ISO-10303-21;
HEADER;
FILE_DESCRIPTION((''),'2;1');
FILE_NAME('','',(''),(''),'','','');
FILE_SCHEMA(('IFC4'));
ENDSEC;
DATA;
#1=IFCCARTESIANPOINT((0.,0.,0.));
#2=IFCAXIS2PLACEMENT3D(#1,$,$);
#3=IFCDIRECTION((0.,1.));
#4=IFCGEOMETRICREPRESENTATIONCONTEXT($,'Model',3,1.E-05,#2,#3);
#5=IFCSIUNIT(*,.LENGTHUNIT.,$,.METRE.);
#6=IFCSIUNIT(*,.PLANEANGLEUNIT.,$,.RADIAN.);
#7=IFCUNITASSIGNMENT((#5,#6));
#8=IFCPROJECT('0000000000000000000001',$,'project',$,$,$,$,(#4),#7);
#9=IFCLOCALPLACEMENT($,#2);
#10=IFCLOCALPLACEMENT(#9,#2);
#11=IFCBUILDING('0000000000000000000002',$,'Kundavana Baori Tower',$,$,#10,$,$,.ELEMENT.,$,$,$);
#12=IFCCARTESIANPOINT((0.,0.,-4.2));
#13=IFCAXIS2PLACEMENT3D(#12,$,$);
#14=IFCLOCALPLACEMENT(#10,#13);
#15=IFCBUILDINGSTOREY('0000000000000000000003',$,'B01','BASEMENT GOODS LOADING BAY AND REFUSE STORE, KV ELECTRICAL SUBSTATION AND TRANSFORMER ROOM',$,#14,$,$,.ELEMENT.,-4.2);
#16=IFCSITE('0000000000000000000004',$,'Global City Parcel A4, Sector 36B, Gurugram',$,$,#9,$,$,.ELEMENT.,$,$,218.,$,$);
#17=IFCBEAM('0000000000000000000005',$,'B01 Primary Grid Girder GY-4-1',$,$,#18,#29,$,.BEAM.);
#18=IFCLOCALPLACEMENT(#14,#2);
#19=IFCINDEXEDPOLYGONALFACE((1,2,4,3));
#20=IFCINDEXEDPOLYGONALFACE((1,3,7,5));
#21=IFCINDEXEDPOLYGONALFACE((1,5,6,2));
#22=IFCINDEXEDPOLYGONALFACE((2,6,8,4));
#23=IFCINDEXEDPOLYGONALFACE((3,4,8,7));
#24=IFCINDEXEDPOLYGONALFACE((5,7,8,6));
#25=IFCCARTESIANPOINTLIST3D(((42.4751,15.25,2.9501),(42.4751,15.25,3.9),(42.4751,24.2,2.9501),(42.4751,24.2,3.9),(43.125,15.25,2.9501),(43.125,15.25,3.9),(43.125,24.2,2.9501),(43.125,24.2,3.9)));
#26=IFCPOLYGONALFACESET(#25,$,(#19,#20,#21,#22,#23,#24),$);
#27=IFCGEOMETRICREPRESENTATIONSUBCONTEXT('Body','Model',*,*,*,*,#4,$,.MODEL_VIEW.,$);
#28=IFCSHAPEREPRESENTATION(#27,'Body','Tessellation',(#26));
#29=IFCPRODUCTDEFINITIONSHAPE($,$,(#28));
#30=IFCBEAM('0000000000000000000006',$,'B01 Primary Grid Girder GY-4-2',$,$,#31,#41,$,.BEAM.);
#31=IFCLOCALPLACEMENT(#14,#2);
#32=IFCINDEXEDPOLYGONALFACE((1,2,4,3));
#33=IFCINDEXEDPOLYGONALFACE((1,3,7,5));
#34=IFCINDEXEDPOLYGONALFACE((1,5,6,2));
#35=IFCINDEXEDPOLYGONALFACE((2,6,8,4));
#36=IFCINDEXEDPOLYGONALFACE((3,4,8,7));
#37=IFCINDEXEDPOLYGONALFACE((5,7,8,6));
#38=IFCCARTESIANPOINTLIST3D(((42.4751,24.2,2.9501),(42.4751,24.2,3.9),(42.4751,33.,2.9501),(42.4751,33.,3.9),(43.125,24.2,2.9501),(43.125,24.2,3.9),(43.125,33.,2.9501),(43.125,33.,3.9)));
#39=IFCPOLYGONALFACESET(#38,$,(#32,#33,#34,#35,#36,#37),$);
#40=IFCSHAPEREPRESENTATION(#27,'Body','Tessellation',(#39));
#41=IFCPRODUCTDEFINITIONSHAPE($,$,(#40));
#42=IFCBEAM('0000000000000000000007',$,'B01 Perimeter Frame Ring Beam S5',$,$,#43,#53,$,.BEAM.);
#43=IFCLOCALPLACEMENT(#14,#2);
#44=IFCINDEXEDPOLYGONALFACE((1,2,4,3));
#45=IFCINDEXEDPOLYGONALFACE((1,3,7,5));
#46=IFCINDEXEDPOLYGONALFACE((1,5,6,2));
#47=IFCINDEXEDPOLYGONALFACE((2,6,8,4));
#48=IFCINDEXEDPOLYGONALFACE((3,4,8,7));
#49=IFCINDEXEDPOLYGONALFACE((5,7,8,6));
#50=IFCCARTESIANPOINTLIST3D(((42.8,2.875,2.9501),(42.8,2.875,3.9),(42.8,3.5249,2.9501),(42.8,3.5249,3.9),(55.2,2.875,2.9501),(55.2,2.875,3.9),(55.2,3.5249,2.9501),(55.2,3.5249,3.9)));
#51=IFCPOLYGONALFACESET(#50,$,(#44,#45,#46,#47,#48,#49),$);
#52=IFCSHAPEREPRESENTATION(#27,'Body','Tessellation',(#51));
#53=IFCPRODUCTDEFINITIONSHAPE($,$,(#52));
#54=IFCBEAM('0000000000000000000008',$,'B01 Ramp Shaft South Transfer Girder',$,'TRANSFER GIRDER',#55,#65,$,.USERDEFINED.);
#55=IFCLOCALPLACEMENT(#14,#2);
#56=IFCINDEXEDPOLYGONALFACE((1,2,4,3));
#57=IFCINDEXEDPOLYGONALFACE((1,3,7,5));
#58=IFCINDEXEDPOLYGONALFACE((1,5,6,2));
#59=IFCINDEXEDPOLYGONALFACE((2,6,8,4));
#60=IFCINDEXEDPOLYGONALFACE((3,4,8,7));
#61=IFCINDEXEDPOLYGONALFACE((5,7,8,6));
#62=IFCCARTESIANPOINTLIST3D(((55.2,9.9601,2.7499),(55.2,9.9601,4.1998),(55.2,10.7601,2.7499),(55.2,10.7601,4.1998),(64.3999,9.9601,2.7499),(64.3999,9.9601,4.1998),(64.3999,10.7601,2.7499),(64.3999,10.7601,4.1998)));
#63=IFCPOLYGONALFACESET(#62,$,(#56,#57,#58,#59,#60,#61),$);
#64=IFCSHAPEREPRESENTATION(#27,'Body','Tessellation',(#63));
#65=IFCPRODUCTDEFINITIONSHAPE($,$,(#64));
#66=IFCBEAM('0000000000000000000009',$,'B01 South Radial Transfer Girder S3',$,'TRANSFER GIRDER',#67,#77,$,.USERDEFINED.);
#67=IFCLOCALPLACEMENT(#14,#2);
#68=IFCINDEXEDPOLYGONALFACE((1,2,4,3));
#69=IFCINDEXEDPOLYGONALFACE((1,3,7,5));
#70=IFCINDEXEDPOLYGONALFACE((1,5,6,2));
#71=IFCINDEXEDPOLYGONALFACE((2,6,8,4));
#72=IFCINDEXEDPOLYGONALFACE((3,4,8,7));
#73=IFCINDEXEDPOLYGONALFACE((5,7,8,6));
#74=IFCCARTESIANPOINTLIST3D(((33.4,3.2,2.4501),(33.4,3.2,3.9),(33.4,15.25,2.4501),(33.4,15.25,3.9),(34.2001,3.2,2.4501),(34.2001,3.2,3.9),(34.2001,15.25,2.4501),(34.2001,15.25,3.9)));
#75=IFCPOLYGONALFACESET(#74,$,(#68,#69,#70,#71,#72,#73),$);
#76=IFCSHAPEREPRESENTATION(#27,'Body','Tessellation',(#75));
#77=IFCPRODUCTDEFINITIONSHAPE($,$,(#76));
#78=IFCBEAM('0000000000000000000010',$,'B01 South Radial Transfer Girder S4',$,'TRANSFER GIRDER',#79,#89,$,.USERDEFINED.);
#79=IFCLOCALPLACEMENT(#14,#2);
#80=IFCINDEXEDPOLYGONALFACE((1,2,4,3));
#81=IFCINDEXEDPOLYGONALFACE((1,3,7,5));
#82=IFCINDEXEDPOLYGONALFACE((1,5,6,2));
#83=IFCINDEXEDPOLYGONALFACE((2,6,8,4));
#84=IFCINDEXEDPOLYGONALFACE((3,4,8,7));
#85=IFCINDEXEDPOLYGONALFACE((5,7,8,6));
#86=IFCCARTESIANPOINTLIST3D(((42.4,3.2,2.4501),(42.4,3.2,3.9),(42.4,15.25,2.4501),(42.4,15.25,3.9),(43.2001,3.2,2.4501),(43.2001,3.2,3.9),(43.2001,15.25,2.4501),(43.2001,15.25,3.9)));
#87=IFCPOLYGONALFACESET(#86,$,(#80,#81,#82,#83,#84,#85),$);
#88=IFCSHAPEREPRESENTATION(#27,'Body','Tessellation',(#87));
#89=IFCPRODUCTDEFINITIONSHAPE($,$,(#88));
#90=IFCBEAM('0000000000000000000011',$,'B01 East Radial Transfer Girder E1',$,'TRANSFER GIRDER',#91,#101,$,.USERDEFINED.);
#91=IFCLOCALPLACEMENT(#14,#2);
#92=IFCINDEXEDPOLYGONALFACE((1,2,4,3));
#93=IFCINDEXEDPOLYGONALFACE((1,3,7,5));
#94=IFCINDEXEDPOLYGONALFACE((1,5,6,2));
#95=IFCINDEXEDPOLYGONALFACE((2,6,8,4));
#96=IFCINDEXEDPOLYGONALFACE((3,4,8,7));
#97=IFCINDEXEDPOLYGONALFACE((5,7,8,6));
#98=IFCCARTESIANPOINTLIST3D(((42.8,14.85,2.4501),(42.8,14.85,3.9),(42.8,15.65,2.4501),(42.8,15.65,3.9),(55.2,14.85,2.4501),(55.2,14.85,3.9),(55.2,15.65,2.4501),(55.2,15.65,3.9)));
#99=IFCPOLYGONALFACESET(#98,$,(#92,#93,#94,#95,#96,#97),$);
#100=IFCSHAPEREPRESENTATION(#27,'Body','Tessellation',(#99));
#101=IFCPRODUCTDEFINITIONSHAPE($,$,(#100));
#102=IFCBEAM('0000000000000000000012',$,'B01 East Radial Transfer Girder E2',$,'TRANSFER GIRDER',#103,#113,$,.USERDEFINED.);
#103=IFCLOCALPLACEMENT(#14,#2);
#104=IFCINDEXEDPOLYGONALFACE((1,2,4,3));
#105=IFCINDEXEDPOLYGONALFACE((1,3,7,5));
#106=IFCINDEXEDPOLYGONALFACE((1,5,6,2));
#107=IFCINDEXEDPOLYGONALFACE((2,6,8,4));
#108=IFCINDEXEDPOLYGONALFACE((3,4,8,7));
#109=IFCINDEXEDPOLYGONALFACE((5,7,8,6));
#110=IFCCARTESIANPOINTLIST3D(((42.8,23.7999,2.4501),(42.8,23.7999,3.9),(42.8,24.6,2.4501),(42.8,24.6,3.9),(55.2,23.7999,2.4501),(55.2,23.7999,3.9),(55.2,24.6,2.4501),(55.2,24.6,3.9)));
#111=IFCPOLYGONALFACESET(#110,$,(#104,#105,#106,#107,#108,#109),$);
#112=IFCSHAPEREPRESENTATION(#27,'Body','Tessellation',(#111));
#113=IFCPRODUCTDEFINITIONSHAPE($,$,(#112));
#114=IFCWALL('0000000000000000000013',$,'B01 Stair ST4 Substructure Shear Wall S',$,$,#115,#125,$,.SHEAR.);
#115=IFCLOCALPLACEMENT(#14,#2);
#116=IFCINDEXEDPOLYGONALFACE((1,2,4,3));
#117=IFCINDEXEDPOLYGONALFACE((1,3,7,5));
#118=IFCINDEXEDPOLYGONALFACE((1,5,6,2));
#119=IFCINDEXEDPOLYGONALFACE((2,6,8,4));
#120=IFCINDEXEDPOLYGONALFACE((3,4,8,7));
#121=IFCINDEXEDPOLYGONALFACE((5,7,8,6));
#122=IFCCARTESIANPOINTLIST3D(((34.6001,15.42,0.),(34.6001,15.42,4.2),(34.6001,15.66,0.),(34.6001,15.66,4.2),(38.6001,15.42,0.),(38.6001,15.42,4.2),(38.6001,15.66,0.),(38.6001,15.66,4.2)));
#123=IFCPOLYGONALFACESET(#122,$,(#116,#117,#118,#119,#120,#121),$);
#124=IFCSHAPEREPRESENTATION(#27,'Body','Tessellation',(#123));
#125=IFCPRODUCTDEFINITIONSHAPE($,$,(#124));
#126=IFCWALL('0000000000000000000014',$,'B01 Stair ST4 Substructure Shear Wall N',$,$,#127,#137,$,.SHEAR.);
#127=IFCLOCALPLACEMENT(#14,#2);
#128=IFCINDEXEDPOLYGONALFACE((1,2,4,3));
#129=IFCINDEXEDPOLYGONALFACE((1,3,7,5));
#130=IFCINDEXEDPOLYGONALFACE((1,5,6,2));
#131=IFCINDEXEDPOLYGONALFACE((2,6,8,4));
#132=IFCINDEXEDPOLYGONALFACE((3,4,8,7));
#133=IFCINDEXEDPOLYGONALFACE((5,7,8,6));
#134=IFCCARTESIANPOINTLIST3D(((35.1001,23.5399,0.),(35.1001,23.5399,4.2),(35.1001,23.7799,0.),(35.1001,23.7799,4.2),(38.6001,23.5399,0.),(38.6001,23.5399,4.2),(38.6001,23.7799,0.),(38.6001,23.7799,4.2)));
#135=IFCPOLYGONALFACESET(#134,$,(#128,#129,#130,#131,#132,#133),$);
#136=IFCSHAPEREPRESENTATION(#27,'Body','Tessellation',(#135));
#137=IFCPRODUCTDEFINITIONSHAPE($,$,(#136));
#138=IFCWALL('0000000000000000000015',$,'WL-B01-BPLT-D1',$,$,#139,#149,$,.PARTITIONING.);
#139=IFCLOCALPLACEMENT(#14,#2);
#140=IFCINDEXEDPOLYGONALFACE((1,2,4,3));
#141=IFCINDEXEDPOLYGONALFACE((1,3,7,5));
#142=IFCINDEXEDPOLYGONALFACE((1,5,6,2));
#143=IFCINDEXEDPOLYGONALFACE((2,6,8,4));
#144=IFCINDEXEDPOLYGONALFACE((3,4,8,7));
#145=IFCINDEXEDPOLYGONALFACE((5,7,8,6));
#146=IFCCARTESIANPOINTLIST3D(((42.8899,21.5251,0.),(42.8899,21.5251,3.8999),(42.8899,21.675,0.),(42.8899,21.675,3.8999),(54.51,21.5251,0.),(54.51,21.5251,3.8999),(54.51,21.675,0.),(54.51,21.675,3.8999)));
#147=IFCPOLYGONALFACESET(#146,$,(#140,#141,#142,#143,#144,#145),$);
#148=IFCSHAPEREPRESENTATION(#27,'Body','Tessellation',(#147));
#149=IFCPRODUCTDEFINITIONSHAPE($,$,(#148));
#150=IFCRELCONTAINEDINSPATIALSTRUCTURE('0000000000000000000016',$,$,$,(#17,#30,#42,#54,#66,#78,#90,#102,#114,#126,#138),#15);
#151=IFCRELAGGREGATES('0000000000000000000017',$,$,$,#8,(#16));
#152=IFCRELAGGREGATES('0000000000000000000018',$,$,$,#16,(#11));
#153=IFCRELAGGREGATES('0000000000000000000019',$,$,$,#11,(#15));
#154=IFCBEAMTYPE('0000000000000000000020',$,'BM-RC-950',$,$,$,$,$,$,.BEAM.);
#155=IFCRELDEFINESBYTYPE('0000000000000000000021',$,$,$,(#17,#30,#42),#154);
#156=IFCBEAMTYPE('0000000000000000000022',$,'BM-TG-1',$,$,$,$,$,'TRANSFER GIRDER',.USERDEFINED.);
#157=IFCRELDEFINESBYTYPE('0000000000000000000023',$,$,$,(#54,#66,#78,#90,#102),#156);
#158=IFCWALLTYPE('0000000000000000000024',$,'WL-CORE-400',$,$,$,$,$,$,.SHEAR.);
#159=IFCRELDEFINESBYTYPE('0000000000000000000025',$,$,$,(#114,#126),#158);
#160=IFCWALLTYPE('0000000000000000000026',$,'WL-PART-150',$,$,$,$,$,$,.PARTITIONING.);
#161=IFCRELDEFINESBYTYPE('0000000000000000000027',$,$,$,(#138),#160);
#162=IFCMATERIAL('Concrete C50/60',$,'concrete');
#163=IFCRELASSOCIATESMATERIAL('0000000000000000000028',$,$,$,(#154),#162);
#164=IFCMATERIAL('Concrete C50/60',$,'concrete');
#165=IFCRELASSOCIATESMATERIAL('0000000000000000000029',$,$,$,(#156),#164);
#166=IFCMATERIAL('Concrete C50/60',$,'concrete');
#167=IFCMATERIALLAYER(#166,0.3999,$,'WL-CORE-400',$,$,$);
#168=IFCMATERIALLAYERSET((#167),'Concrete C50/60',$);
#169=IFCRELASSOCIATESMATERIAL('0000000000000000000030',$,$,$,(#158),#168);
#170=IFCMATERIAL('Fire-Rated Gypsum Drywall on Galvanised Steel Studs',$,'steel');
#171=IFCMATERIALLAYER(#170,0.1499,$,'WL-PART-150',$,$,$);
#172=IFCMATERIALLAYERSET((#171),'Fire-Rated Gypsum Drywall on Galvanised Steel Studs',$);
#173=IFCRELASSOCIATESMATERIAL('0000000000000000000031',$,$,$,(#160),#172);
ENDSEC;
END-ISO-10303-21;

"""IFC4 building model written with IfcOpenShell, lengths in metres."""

from ifc_helpers import new_model, si_unit, direction, frame, frame_2d, origin, origin_2d, place, context, subcontext, project, spatial, rectangle, extrude, material, layer, layer_set, material_profile, profile_set, type_object, element, save


model = new_model("IFC4")

# Units and contexts
model_context = context("Model", 3, precision=1e-05, world=origin(), true_north=direction((0.0, 1.0)))
body_context = subcontext(model_context, "Body", "Model", "MODEL_VIEW")
ifc_project = project(units=[si_unit("LENGTHUNIT", "METRE"), si_unit("PLANEANGLEUNIT", "RADIAN")], contexts=[model_context])

# Site, building, storey
site_placement = place(None, origin())
site = spatial("IfcSite", under=ifc_project, at=site_placement, Name="Global City Parcel A4, Sector 36B, Gurugram", CompositionType="ELEMENT", RefElevation=218.0)
building_placement = place(site_placement, origin())
building = spatial("IfcBuilding", under=site, at=building_placement, Name="Kundavana Baori Tower", CompositionType="ELEMENT")
storey_placement = place(building_placement, frame((0.0, 0.0, -4.2)))
storey = spatial("IfcBuildingStorey", under=building, at=storey_placement, Name="B01", Description="BASEMENT GOODS LOADING BAY AND REFUSE STORE, KV ELECTRICAL SUBSTATION AND TRANSFORMER ROOM", CompositionType="ELEMENT", Elevation=-4.2)

# Beams
ifc_material_1 = material(Name="Concrete C50/60", Category="concrete")
ifc_material_profile_1 = material_profile(ifc_material_1, rectangle(XDim=0.6499, YDim=0.95, at=origin_2d()), Name="RC BM 650x950")
ifc_profile_set_1 = profile_set([ifc_material_profile_1], Name="Concrete C50/60")
beam_type_1 = type_object("IfcBeamType", Name="BM-RC-950", PredefinedType="BEAM", material=ifc_profile_set_1)
beam_1_placement = place(storey_placement, frame((42.8, 15.25, 3.425), z_axis=(0.0, 1.0, 0.0), x_axis=(-1.0, 0.0, 0.0)))
element("IfcBeam", 1, at=beam_1_placement, inside=storey, type_object=beam_type_1, Name="B01 Primary Grid Girder GY-4-1", PredefinedType="BEAM", context=body_context, shape_type="SweptSolid", body=[
    extrude(rectangle(XDim=0.6499, YDim=0.95, at=origin_2d()), origin(), (0.0, 0.0, 1.0), 8.95),
])
beam_2_placement = place(storey_placement, frame((42.8, 24.2, 3.425), z_axis=(0.0, 1.0, 0.0), x_axis=(-1.0, 0.0, 0.0)))
element("IfcBeam", 2, at=beam_2_placement, inside=storey, type_object=beam_type_1, Name="B01 Primary Grid Girder GY-4-2", PredefinedType="BEAM", context=body_context, shape_type="SweptSolid", body=[
    extrude(rectangle(XDim=0.6499, YDim=0.95, at=origin_2d()), origin(), (0.0, 0.0, 1.0), 8.8),
])
beam_3_placement = place(storey_placement, frame((42.8, 3.2, 3.425), z_axis=(1.0, 0.0, 0.0), x_axis=(0.0, 1.0, 0.0)))
element("IfcBeam", 3, at=beam_3_placement, inside=storey, type_object=beam_type_1, Name="B01 Perimeter Frame Ring Beam S5", PredefinedType="BEAM", context=body_context, shape_type="SweptSolid", body=[
    extrude(rectangle(XDim=0.6499, YDim=0.95, at=origin_2d()), origin(), (0.0, 0.0, 1.0), 12.3999),
])
ifc_material_2 = material(Name="Concrete C50/60", Category="concrete")
ifc_material_profile_2 = material_profile(ifc_material_2, rectangle(XDim=0.8, YDim=1.45, at=origin_2d()), Name="BM-TG-1")
ifc_profile_set_2 = profile_set([ifc_material_profile_2], Name="Concrete C50/60")
beam_type_2 = type_object("IfcBeamType", Name="BM-TG-1", ElementType="TRANSFER GIRDER", PredefinedType="USERDEFINED", material=ifc_profile_set_2)
beam_4_placement = place(storey_placement, frame((55.2, 10.3601, 3.4749), z_axis=(1.0, 0.0, 0.0), x_axis=(0.0, 1.0, 0.0)))
element("IfcBeam", 4, at=beam_4_placement, inside=storey, type_object=beam_type_2, Name="B01 Ramp Shaft South Transfer Girder", ObjectType="TRANSFER GIRDER", PredefinedType="USERDEFINED", context=body_context, shape_type="SweptSolid", body=[
    extrude(rectangle(XDim=0.8, YDim=1.45, at=origin_2d()), origin(), (0.0, 0.0, 1.0), 9.2),
])
for number, where, z_axis, x_axis, name in (
    (5, (33.8, 15.25, 3.175), (0.0, -1.0, 0.0), (1.0, 0.0, 0.0), "B01 South Radial Transfer Girder S3"),
    (6, (42.8, 15.25, 3.175), (0.0, -1.0, 0.0), (1.0, 0.0, 0.0), "B01 South Radial Transfer Girder S4"),
):
    element("IfcBeam", number, at=place(storey_placement, frame(where, z_axis=z_axis, x_axis=x_axis)), inside=storey, type_object=beam_type_2, Name=name, ObjectType="TRANSFER GIRDER", PredefinedType="USERDEFINED", context=body_context, shape_type="SweptSolid", body=[
        extrude(rectangle(XDim=0.8, YDim=1.45, at=origin_2d()), origin(), (0.0, 0.0, 1.0), 12.05),
    ])
for number, where, z_axis, x_axis, name in (
    (7, (42.8, 15.25, 3.175), (1.0, 0.0, 0.0), (0.0, 1.0, 0.0), "B01 East Radial Transfer Girder E1"),
    (8, (42.8, 24.2, 3.175), (1.0, 0.0, 0.0), (0.0, 1.0, 0.0), "B01 East Radial Transfer Girder E2"),
):
    element("IfcBeam", number, at=place(storey_placement, frame(where, z_axis=z_axis, x_axis=x_axis)), inside=storey, type_object=beam_type_2, Name=name, ObjectType="TRANSFER GIRDER", PredefinedType="USERDEFINED", context=body_context, shape_type="SweptSolid", body=[
        extrude(rectangle(XDim=0.8, YDim=1.45, at=origin_2d()), origin(), (0.0, 0.0, 1.0), 12.3999),
    ])

# Walls
ifc_material_3 = material(Name="Concrete C50/60", Category="concrete")
ifc_layer_1 = layer(ifc_material_3, 0.3999, Name="WL-CORE-400")
ifc_layer_set_1 = layer_set([ifc_layer_1], Name="Concrete C50/60")
wall_type_1 = type_object("IfcWallType", Name="WL-CORE-400", PredefinedType="SHEAR", material=ifc_layer_set_1)
wall_1_placement = place(storey_placement, frame((34.6001, 15.54, 0.0), z_axis=(0.0, 0.0, 1.0), x_axis=(1.0, 0.0, 0.0)))
element("IfcWall", 9, at=wall_1_placement, inside=storey, type_object=wall_type_1, Name="B01 Stair ST4 Substructure Shear Wall S", PredefinedType="SHEAR", context=body_context, shape_type="SweptSolid", body=[
    extrude(rectangle(XDim=4.0, YDim=0.24, at=frame_2d((2.0, 0.0))), origin(), (0.0, 0.0, 1.0), 4.2),
])
wall_2_placement = place(storey_placement, frame((35.1001, 23.6599, 0.0), z_axis=(0.0, 0.0, 1.0), x_axis=(1.0, 0.0, 0.0)))
element("IfcWall", 10, at=wall_2_placement, inside=storey, type_object=wall_type_1, Name="B01 Stair ST4 Substructure Shear Wall N", PredefinedType="SHEAR", context=body_context, shape_type="SweptSolid", body=[
    extrude(rectangle(XDim=3.5, YDim=0.24, at=frame_2d((1.75, 0.0))), origin(), (0.0, 0.0, 1.0), 4.2),
])
ifc_material_4 = material(Name="Fire-Rated Gypsum Drywall on Galvanised Steel Studs", Category="steel")
ifc_layer_2 = layer(ifc_material_4, 0.1499, Name="WL-PART-150")
ifc_layer_set_2 = layer_set([ifc_layer_2], Name="Fire-Rated Gypsum Drywall on Galvanised Steel Studs")
wall_type_2 = type_object("IfcWallType", Name="WL-PART-150", PredefinedType="PARTITIONING", material=ifc_layer_set_2)
wall_3_placement = place(storey_placement, frame((42.8899, 21.6001, 0.0), z_axis=(0.0, 0.0, 1.0), x_axis=(1.0, 0.0, 0.0)))
element("IfcWall", 11, at=wall_3_placement, inside=storey, type_object=wall_type_2, Name="WL-B01-BPLT-D1", PredefinedType="PARTITIONING", context=body_context, shape_type="SweptSolid", body=[
    extrude(rectangle(XDim=11.6201, YDim=0.1499, at=frame_2d((5.8101, 0.0))), origin(), (0.0, 0.0, 1.0), 3.8999),
])

save(model, "model.ifc")
